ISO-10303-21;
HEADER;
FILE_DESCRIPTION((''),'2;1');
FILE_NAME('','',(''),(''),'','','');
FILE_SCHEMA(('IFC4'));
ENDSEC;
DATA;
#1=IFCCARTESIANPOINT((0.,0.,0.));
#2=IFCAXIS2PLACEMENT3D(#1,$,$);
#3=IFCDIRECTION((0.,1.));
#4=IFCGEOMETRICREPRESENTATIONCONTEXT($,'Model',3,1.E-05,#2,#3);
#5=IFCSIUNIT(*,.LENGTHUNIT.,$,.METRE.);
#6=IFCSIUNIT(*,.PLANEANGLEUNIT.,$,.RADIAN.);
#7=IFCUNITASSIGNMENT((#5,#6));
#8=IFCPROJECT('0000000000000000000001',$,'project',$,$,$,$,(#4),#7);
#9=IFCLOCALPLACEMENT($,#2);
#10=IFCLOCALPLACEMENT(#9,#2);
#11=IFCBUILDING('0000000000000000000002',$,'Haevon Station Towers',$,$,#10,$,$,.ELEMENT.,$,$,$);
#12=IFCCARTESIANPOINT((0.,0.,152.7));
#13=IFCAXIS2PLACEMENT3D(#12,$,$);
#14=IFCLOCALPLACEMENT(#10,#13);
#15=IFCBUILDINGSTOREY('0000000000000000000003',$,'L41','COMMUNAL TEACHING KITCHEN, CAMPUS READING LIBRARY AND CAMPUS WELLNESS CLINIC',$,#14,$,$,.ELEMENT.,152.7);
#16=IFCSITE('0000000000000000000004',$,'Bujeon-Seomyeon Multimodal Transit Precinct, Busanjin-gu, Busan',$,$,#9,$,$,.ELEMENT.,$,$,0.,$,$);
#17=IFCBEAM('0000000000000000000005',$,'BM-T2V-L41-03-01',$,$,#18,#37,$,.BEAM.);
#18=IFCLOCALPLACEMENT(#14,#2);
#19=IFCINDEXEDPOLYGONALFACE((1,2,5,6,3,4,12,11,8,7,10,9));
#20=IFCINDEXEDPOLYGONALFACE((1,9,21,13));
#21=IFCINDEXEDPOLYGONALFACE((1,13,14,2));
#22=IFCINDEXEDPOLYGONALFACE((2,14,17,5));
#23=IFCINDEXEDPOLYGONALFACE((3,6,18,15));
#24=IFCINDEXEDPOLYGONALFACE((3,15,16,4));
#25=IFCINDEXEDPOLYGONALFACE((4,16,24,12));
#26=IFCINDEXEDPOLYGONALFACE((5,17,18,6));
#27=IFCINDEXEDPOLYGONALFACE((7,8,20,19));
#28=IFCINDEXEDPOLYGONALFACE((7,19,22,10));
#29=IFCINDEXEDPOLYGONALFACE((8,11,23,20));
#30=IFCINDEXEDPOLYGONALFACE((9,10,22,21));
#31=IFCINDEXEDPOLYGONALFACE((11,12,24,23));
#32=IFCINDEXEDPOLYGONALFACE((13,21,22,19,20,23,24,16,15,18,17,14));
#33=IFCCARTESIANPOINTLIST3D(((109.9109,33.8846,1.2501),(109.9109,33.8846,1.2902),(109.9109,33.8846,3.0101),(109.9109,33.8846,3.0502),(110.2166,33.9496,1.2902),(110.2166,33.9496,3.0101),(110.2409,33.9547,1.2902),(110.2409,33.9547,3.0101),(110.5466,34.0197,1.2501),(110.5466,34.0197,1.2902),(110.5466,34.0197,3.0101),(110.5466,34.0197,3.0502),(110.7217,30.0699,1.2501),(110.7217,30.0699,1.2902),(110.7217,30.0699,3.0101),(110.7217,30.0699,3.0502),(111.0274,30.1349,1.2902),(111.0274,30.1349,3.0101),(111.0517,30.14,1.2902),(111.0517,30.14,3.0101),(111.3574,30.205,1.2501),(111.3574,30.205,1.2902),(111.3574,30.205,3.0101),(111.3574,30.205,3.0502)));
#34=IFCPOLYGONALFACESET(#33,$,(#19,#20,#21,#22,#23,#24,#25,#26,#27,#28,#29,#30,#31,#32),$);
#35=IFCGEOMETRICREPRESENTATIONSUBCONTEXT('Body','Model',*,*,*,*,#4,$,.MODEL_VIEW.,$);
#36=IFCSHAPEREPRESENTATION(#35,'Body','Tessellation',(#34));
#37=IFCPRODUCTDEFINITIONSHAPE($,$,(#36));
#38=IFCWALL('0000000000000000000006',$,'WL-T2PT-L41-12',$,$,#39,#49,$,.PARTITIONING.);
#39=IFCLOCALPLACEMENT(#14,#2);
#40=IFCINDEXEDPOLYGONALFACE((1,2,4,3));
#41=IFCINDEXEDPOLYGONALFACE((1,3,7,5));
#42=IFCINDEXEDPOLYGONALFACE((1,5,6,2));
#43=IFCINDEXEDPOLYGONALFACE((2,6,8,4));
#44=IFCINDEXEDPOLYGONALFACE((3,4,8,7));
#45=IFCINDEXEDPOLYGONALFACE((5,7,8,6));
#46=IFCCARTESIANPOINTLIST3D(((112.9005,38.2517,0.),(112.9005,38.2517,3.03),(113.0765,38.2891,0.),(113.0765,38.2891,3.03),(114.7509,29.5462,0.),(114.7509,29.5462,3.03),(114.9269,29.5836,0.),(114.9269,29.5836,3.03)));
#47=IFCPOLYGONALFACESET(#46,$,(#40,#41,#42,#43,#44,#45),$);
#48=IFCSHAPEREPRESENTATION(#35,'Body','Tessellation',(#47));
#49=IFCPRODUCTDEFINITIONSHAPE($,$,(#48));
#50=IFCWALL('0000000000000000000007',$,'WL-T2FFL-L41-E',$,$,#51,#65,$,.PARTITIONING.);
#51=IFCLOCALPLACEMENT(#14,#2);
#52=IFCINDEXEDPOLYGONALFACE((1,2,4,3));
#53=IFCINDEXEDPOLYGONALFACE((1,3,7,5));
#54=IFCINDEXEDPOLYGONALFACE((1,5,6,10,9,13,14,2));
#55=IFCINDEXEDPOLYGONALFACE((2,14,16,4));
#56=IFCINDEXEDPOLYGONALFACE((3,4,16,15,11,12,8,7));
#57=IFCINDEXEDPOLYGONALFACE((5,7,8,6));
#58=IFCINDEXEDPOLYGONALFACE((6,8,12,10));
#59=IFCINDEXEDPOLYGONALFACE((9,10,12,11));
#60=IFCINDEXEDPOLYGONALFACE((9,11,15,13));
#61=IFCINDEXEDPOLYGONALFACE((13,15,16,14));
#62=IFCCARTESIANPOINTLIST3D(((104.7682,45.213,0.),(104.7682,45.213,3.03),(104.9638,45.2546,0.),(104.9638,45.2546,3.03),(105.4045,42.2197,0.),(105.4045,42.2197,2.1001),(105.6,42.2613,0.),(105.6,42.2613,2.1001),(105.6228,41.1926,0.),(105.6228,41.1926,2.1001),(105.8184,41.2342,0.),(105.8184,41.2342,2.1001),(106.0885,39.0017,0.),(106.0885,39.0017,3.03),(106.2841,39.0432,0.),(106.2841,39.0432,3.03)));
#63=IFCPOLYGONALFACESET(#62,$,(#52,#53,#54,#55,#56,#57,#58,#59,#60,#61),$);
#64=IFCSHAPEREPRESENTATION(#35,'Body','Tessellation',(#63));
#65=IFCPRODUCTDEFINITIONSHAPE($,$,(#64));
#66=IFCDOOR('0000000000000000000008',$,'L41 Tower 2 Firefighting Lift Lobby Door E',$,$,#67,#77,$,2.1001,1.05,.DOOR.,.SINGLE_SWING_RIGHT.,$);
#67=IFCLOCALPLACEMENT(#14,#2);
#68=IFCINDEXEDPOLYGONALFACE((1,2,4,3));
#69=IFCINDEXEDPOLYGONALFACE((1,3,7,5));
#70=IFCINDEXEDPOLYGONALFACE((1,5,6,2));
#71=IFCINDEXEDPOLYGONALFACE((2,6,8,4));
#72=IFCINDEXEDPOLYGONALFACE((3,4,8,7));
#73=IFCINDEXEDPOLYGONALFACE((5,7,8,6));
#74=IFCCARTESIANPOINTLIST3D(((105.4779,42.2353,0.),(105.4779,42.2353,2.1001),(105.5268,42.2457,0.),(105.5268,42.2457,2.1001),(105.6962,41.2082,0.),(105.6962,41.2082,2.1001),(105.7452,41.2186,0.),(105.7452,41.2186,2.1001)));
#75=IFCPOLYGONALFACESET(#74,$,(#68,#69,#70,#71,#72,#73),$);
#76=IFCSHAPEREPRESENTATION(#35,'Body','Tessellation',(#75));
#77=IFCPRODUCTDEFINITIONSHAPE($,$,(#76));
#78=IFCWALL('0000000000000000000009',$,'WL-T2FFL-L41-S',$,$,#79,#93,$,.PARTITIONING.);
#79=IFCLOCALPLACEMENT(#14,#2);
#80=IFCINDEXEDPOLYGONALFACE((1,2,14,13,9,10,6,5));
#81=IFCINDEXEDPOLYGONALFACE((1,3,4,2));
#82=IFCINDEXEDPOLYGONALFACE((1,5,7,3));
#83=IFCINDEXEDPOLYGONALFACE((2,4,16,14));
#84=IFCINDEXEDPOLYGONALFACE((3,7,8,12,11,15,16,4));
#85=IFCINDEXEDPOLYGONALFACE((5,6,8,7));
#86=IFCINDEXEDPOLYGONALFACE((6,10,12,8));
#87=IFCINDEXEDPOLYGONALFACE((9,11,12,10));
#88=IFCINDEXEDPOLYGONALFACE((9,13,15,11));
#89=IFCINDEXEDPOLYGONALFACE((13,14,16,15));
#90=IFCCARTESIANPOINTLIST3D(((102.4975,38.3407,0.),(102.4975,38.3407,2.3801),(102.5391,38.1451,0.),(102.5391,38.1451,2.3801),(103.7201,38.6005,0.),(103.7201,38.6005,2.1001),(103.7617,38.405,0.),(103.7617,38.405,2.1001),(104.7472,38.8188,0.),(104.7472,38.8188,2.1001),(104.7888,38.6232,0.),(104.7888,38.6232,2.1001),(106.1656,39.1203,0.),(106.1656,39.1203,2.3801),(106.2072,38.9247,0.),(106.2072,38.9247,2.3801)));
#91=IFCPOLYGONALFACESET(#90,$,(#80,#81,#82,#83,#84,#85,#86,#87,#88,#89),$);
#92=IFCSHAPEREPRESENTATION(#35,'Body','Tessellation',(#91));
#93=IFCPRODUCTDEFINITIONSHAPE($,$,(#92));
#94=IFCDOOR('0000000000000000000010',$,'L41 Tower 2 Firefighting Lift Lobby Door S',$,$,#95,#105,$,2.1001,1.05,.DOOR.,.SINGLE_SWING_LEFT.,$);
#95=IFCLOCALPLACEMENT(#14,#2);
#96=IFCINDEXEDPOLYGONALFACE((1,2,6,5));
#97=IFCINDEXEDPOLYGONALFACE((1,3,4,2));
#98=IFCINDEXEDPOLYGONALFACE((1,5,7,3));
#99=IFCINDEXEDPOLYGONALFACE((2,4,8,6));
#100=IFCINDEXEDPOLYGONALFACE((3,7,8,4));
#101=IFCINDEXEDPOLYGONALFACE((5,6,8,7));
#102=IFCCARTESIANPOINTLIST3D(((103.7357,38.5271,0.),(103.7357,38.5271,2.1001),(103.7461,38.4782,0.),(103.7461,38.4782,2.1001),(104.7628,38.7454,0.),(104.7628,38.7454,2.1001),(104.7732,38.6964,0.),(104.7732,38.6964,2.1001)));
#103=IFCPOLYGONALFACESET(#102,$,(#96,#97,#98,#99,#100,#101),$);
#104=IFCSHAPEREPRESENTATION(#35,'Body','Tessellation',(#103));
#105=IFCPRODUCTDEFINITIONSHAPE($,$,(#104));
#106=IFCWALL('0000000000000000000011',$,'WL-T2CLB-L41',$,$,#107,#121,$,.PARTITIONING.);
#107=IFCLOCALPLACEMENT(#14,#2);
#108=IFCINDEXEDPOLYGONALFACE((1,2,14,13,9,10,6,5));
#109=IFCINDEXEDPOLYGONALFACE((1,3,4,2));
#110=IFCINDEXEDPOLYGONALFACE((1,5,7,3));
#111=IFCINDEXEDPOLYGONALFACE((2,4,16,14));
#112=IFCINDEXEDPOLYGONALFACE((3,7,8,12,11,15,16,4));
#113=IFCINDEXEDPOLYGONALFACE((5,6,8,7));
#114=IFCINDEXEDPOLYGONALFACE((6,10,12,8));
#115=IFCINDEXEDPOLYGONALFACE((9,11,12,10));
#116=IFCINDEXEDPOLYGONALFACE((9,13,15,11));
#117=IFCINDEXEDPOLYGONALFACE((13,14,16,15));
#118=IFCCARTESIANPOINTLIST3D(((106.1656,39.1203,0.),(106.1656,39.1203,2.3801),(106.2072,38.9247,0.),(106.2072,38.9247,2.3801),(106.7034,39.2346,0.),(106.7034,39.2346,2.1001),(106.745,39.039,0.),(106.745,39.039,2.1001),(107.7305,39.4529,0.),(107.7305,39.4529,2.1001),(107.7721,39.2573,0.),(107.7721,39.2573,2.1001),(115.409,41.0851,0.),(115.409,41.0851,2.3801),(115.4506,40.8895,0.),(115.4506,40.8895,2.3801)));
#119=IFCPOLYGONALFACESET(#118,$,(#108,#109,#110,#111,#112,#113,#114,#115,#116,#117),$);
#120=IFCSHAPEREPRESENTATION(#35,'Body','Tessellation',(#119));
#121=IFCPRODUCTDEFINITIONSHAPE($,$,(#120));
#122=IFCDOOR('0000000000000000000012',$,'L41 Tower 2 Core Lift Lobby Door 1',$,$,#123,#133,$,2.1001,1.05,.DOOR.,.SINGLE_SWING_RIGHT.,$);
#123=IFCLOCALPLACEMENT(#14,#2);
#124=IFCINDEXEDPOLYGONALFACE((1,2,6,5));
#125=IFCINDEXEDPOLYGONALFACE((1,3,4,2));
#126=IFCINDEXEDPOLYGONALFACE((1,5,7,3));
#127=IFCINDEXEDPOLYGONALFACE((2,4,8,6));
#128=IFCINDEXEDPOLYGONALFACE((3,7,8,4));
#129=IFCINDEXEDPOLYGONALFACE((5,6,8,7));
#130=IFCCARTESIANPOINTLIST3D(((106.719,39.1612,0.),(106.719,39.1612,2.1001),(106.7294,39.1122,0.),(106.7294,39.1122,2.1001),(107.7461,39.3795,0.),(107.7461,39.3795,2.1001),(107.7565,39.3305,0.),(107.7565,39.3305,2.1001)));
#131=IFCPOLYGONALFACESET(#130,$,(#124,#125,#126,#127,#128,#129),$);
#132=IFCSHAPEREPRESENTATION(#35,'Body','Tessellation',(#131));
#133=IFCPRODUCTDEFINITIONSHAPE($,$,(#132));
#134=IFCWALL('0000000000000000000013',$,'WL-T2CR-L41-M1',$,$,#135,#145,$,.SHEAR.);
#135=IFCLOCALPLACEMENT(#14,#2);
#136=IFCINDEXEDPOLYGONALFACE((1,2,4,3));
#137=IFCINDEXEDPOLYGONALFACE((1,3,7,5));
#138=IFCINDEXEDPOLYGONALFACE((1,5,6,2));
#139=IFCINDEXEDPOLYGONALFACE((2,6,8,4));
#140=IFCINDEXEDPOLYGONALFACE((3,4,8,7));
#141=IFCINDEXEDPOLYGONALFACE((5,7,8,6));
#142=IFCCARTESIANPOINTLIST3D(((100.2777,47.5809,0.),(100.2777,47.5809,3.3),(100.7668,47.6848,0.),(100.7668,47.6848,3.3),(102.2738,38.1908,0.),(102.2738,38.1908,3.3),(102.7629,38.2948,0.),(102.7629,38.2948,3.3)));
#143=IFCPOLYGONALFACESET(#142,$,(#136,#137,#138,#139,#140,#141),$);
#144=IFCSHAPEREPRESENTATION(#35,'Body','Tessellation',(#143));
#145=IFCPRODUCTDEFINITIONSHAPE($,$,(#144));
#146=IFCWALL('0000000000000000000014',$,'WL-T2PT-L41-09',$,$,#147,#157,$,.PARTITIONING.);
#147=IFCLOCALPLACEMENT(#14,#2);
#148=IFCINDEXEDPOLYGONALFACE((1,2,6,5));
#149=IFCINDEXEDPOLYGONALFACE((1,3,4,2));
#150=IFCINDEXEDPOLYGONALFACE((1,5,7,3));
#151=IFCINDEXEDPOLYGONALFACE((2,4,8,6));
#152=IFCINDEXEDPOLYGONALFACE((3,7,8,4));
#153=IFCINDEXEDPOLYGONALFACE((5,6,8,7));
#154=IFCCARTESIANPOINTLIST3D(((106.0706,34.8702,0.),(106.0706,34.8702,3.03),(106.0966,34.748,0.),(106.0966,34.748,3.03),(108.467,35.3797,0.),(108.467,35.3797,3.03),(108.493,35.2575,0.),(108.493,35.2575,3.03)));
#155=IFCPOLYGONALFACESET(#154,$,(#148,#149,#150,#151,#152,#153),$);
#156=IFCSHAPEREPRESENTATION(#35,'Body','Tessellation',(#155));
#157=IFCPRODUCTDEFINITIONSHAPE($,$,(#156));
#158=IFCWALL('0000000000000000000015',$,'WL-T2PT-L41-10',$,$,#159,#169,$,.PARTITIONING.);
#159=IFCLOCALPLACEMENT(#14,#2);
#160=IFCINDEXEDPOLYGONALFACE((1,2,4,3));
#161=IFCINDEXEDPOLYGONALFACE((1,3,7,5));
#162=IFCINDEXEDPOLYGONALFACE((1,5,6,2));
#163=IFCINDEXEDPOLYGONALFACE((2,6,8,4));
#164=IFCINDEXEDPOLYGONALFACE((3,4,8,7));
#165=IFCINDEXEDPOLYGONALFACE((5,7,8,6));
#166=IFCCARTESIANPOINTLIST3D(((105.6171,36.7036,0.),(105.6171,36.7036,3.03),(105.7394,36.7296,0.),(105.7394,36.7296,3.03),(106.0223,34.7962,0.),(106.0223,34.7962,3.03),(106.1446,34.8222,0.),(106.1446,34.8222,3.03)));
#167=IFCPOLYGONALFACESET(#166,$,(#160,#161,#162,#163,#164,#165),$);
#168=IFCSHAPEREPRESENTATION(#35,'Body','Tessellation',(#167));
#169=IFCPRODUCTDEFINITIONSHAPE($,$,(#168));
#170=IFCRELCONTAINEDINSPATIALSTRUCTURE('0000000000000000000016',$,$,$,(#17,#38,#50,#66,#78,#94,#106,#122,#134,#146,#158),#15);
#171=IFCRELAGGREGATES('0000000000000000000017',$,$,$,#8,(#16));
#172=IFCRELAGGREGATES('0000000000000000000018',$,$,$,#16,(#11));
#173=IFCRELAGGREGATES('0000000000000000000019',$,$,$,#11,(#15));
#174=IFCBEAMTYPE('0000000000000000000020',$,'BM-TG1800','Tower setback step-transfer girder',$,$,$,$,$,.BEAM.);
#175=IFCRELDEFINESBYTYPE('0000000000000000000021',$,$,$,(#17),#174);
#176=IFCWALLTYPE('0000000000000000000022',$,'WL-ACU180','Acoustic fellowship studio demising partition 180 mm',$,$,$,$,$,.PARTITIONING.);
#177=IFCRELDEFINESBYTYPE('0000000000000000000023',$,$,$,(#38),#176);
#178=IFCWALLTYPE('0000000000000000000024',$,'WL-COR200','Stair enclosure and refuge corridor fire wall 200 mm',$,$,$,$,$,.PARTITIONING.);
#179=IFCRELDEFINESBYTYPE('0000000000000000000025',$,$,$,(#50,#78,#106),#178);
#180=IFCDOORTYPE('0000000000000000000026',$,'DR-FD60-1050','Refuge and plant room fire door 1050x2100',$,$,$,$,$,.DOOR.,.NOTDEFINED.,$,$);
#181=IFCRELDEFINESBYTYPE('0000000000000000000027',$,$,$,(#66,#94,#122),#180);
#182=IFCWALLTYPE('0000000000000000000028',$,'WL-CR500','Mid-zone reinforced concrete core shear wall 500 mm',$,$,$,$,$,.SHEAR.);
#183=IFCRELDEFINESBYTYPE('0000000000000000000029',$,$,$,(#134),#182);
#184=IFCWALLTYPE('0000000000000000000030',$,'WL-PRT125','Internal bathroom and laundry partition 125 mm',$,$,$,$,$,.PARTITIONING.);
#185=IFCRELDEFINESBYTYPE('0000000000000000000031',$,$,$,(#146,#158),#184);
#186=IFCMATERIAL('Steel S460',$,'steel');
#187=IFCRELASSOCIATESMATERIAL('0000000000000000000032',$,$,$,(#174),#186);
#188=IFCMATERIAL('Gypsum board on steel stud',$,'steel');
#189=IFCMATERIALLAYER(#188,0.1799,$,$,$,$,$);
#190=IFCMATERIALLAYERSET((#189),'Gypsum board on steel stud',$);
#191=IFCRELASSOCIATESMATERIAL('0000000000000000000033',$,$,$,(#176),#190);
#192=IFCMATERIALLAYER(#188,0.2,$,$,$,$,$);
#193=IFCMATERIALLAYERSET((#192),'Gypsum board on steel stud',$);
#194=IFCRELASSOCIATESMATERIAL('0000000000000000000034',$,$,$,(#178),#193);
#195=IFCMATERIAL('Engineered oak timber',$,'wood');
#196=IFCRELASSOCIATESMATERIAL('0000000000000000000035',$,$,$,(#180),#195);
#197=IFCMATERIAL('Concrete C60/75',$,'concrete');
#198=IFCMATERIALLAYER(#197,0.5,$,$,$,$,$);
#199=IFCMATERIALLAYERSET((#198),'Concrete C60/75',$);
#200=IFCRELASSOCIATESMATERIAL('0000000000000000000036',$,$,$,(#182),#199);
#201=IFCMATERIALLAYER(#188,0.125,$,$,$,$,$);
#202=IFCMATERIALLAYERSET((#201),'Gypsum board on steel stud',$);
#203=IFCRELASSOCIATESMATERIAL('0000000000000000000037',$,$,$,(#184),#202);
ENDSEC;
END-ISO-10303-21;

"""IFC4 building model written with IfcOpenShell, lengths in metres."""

from ifc_helpers import new_model, si_unit, direction, frame, frame_2d, origin, origin_2d, place, context, subcontext, project, spatial, rectangle, i_section, extrude, material, layer, layer_set, material_profile, profile_set, type_object, element, fill, save


model = new_model("IFC4")

# Units and contexts
model_context = context("Model", 3, precision=1e-05, world=origin(), true_north=direction((0.0, 1.0)))
body_context = subcontext(model_context, "Body", "Model", "MODEL_VIEW")
ifc_project = project(units=[si_unit("LENGTHUNIT", "METRE"), si_unit("PLANEANGLEUNIT", "RADIAN")], contexts=[model_context])

# Site, building, storey
site_placement = place(None, origin())
site = spatial("IfcSite", under=ifc_project, at=site_placement, Name="Bujeon-Seomyeon Multimodal Transit Precinct, Busanjin-gu, Busan", CompositionType="ELEMENT", RefElevation=0.0)
building_placement = place(site_placement, origin())
building = spatial("IfcBuilding", under=site, at=building_placement, Name="Haevon Station Towers", CompositionType="ELEMENT")
storey_placement = place(building_placement, frame((0.0, 0.0, 152.7)))
storey = spatial("IfcBuildingStorey", under=building, at=storey_placement, Name="L41", Description="COMMUNAL TEACHING KITCHEN, CAMPUS READING LIBRARY AND CAMPUS WELLNESS CLINIC", CompositionType="ELEMENT", Elevation=152.7)

# Beam
ifc_material_1 = material(Name="Steel S460", Category="steel")
ifc_material_profile_1 = material_profile(ifc_material_1, i_section(OverallWidth=0.6499, OverallDepth=1.8, WebThickness=0.0249, FlangeThickness=0.04, at=origin_2d()), Name="H-1800x650x25x40")
ifc_profile_set_1 = profile_set([ifc_material_profile_1], Name="Steel S460")
beam_type_1 = type_object("IfcBeamType", Name="BM-TG1800", Description="Tower setback step-transfer girder", PredefinedType="BEAM", material=ifc_profile_set_1)
beam_1_placement = place(storey_placement, frame((111.0396, 30.1375, 2.1501), z_axis=(-0.2079, 0.97815, 0.0), x_axis=(-0.97815, -0.2079, 0.0)))
element("IfcBeam", 1, at=beam_1_placement, inside=storey, type_object=beam_type_1, Name="BM-T2V-L41-03-01", PredefinedType="BEAM", context=body_context, shape_type="SweptSolid", body=[
    extrude(i_section(OverallWidth=0.6499, OverallDepth=1.8, WebThickness=0.0249, FlangeThickness=0.04, at=origin_2d()), origin(), (0.0, 0.0, 1.0), 3.8999),
])

# Wall
ifc_material_2 = material(Name="Gypsum board on steel stud", Category="steel")
ifc_layer_1 = layer(ifc_material_2, 0.1799)
ifc_layer_set_1 = layer_set([ifc_layer_1], Name="Gypsum board on steel stud")
wall_type_1 = type_object("IfcWallType", Name="WL-ACU180", Description="Acoustic fellowship studio demising partition 180 mm", PredefinedType="PARTITIONING", material=ifc_layer_set_1)
wall_1_placement = place(storey_placement, frame((114.8389, 29.5649, 0.0), z_axis=(0.0, 0.0, 1.0), x_axis=(-0.207908, 0.978148, 0.0)))
element("IfcWall", 2, at=wall_1_placement, inside=storey, type_object=wall_type_1, Name="WL-T2PT-L41-12", PredefinedType="PARTITIONING", context=body_context, shape_type="SweptSolid", body=[
    extrude(rectangle(XDim=8.8999, YDim=0.1799, at=frame_2d((4.45, 0.0))), origin(), (0.0, 0.0, 1.0), 3.03),
])

# Walls, openings, doors
ifc_layer_2 = layer(ifc_material_2, 0.2)
ifc_layer_set_2 = layer_set([ifc_layer_2], Name="Gypsum board on steel stud")
wall_type_2 = type_object("IfcWallType", Name="WL-COR200", Description="Stair enclosure and refuge corridor fire wall 200 mm", PredefinedType="PARTITIONING", material=ifc_layer_set_2)
wall_2_placement = place(storey_placement, frame((106.1863, 39.0225, 0.0), z_axis=(0.0, 0.0, 1.0), x_axis=(-0.207917, 0.978147, 0.0)))
wall_2 = element("IfcWall", 3, at=wall_2_placement, inside=storey, type_object=wall_type_2, Name="WL-T2FFL-L41-E", PredefinedType="PARTITIONING", context=body_context, shape_type="SweptSolid", body=[
    extrude(rectangle(XDim=6.3501, YDim=0.2, at=frame_2d((3.175, 0.0))), origin(), (0.0, 0.0, 1.0), 3.03),
])
opening_1_placement = place(wall_2_placement, frame((2.24, 0.0, 0.0)))
opening_1 = element("IfcOpeningElement", 4, at=opening_1_placement, cuts=wall_2, PredefinedType="OPENING", context=body_context, shape_type="SweptSolid", body=[
    extrude(rectangle(XDim=1.05, YDim=2.1001, at=frame_2d((0.5249, 1.05))), frame((0.0, 0.1099, 0.0), z_axis=(0.0, -1.0, 0.0), x_axis=(1.0, 0.0, 0.0)), (0.0, 0.0, 1.0), 0.22),
])
ifc_material_3 = material(Name="Engineered oak timber", Category="wood")
door_type = type_object("IfcDoorType", Name="DR-FD60-1050", Description="Refuge and plant room fire door 1050x2100", OperationType="NOTDEFINED", PredefinedType="DOOR", material=ifc_material_3)
door_1_placement = place(opening_1_placement, origin())
door_1 = element("IfcDoor", 5, at=door_1_placement, inside=storey, type_object=door_type, Name="L41 Tower 2 Firefighting Lift Lobby Door E", OperationType="SINGLE_SWING_RIGHT", OverallHeight=2.1001, OverallWidth=1.05, PredefinedType="DOOR", context=body_context, shape_type="SweptSolid", body=[
    extrude(rectangle(XDim=1.05, YDim=2.1001, at=frame_2d((0.5249, 1.05))), frame((0.0, 0.0249, 0.0), z_axis=(0.0, -1.0, 0.0), x_axis=(1.0, 0.0, 0.0)), (0.0, 0.0, 1.0), 0.05),
])
fill(opening_1, door_1)
wall_3_placement = place(storey_placement, frame((102.5183, 38.2429, 0.0), z_axis=(0.0, 0.0, 1.0), x_axis=(0.978154, 0.207884, 0.0)))
wall_3 = element("IfcWall", 6, at=wall_3_placement, inside=storey, type_object=wall_type_2, Name="WL-T2FFL-L41-S", PredefinedType="PARTITIONING", context=body_context, shape_type="SweptSolid", body=[
    extrude(rectangle(XDim=3.75, YDim=0.2, at=frame_2d((1.875, 0.0))), origin(), (0.0, 0.0, 1.0), 2.3801),
])
opening_2_placement = place(wall_3_placement, frame((1.25, 0.0, 0.0)))
opening_2 = element("IfcOpeningElement", 7, at=opening_2_placement, cuts=wall_3, PredefinedType="OPENING", context=body_context, shape_type="SweptSolid", body=[
    extrude(rectangle(XDim=1.05, YDim=2.1001, at=frame_2d((0.5249, 1.05))), frame((0.0, 0.1099, 0.0), z_axis=(0.0, -1.0, 0.0), x_axis=(1.0, 0.0, 0.0)), (0.0, 0.0, 1.0), 0.22),
])
door_2_placement = place(opening_2_placement, origin())
door_2 = element("IfcDoor", 8, at=door_2_placement, inside=storey, type_object=door_type, Name="L41 Tower 2 Firefighting Lift Lobby Door S", OperationType="SINGLE_SWING_LEFT", OverallHeight=2.1001, OverallWidth=1.05, PredefinedType="DOOR", context=body_context, shape_type="SweptSolid", body=[
    extrude(rectangle(XDim=1.05, YDim=2.1001, at=frame_2d((0.5249, 1.05))), frame((0.0, 0.0249, 0.0), z_axis=(0.0, -1.0, 0.0), x_axis=(1.0, 0.0, 0.0)), (0.0, 0.0, 1.0), 0.05),
])
fill(opening_2, door_2)
wall_4_placement = place(storey_placement, frame((106.1863, 39.0225, 0.0), z_axis=(0.0, 0.0, 1.0), x_axis=(0.978146, 0.207921, 0.0)))
wall_4 = element("IfcWall", 9, at=wall_4_placement, inside=storey, type_object=wall_type_2, Name="WL-T2CLB-L41", PredefinedType="PARTITIONING", context=body_context, shape_type="SweptSolid", body=[
    extrude(rectangle(XDim=9.45, YDim=0.2, at=frame_2d((4.7251, 0.0))), origin(), (0.0, 0.0, 1.0), 2.3801),
])
opening_3_placement = place(wall_4_placement, frame((0.55, 0.0, 0.0)))
opening_3 = element("IfcOpeningElement", 10, at=opening_3_placement, cuts=wall_4, PredefinedType="OPENING", context=body_context, shape_type="SweptSolid", body=[
    extrude(rectangle(XDim=1.05, YDim=2.1001, at=frame_2d((0.5249, 1.05))), frame((0.0, 0.1099, 0.0), z_axis=(0.0, -1.0, 0.0), x_axis=(1.0, 0.0, 0.0)), (0.0, 0.0, 1.0), 0.22),
])
door_3_placement = place(opening_3_placement, origin())
door_3 = element("IfcDoor", 11, at=door_3_placement, inside=storey, type_object=door_type, Name="L41 Tower 2 Core Lift Lobby Door 1", OperationType="SINGLE_SWING_RIGHT", OverallHeight=2.1001, OverallWidth=1.05, PredefinedType="DOOR", context=body_context, shape_type="SweptSolid", body=[
    extrude(rectangle(XDim=1.05, YDim=2.1001, at=frame_2d((0.5249, 1.05))), frame((0.0, 0.0249, 0.0), z_axis=(0.0, -1.0, 0.0), x_axis=(1.0, 0.0, 0.0)), (0.0, 0.0, 1.0), 0.05),
])
fill(opening_3, door_3)

# Walls
ifc_material_4 = material(Name="Concrete C60/75", Category="concrete")
ifc_layer_3 = layer(ifc_material_4, 0.5)
ifc_layer_set_3 = layer_set([ifc_layer_3], Name="Concrete C60/75")
wall_type_3 = type_object("IfcWallType", Name="WL-CR500", Description="Mid-zone reinforced concrete core shear wall 500 mm", PredefinedType="SHEAR", material=ifc_layer_set_3)
wall_5_placement = place(storey_placement, frame((102.5183, 38.2429, 0.0), z_axis=(0.0, 0.0, 1.0), x_axis=(-0.207927, 0.978144, 0.0)))
element("IfcWall", 12, at=wall_5_placement, inside=storey, type_object=wall_type_3, Name="WL-T2CR-L41-M1", PredefinedType="SHEAR", context=body_context, shape_type="SweptSolid", body=[
    extrude(rectangle(XDim=9.5999, YDim=0.5, at=frame_2d((4.7998, 0.0))), origin(), (0.0, 0.0, 1.0), 3.3),
])
ifc_layer_4 = layer(ifc_material_2, 0.125)
ifc_layer_set_4 = layer_set([ifc_layer_4], Name="Gypsum board on steel stud")
wall_type_4 = type_object("IfcWallType", Name="WL-PRT125", Description="Internal bathroom and laundry partition 125 mm", PredefinedType="PARTITIONING", material=ifc_layer_set_4)
wall_6_placement = place(storey_placement, frame((106.0835, 34.8091, 0.0), z_axis=(0.0, 0.0, 1.0), x_axis=(0.978137, 0.207964, 0.0)))
element("IfcWall", 13, at=wall_6_placement, inside=storey, type_object=wall_type_4, Name="WL-T2PT-L41-09", PredefinedType="PARTITIONING", context=body_context, shape_type="SweptSolid", body=[
    extrude(rectangle(XDim=2.45, YDim=0.125, at=frame_2d((1.2251, 0.0))), origin(), (0.0, 0.0, 1.0), 3.03),
])
wall_7_placement = place(storey_placement, frame((106.0835, 34.8091, 0.0), z_axis=(0.0, 0.0, 1.0), x_axis=(-0.207827, 0.978166, 0.0)))
element("IfcWall", 14, at=wall_7_placement, inside=storey, type_object=wall_type_4, Name="WL-T2PT-L41-10", PredefinedType="PARTITIONING", context=body_context, shape_type="SweptSolid", body=[
    extrude(rectangle(XDim=1.95, YDim=0.125, at=frame_2d((0.9751, 0.0))), origin(), (0.0, 0.0, 1.0), 3.03),
])

save(model, "model.ifc")
